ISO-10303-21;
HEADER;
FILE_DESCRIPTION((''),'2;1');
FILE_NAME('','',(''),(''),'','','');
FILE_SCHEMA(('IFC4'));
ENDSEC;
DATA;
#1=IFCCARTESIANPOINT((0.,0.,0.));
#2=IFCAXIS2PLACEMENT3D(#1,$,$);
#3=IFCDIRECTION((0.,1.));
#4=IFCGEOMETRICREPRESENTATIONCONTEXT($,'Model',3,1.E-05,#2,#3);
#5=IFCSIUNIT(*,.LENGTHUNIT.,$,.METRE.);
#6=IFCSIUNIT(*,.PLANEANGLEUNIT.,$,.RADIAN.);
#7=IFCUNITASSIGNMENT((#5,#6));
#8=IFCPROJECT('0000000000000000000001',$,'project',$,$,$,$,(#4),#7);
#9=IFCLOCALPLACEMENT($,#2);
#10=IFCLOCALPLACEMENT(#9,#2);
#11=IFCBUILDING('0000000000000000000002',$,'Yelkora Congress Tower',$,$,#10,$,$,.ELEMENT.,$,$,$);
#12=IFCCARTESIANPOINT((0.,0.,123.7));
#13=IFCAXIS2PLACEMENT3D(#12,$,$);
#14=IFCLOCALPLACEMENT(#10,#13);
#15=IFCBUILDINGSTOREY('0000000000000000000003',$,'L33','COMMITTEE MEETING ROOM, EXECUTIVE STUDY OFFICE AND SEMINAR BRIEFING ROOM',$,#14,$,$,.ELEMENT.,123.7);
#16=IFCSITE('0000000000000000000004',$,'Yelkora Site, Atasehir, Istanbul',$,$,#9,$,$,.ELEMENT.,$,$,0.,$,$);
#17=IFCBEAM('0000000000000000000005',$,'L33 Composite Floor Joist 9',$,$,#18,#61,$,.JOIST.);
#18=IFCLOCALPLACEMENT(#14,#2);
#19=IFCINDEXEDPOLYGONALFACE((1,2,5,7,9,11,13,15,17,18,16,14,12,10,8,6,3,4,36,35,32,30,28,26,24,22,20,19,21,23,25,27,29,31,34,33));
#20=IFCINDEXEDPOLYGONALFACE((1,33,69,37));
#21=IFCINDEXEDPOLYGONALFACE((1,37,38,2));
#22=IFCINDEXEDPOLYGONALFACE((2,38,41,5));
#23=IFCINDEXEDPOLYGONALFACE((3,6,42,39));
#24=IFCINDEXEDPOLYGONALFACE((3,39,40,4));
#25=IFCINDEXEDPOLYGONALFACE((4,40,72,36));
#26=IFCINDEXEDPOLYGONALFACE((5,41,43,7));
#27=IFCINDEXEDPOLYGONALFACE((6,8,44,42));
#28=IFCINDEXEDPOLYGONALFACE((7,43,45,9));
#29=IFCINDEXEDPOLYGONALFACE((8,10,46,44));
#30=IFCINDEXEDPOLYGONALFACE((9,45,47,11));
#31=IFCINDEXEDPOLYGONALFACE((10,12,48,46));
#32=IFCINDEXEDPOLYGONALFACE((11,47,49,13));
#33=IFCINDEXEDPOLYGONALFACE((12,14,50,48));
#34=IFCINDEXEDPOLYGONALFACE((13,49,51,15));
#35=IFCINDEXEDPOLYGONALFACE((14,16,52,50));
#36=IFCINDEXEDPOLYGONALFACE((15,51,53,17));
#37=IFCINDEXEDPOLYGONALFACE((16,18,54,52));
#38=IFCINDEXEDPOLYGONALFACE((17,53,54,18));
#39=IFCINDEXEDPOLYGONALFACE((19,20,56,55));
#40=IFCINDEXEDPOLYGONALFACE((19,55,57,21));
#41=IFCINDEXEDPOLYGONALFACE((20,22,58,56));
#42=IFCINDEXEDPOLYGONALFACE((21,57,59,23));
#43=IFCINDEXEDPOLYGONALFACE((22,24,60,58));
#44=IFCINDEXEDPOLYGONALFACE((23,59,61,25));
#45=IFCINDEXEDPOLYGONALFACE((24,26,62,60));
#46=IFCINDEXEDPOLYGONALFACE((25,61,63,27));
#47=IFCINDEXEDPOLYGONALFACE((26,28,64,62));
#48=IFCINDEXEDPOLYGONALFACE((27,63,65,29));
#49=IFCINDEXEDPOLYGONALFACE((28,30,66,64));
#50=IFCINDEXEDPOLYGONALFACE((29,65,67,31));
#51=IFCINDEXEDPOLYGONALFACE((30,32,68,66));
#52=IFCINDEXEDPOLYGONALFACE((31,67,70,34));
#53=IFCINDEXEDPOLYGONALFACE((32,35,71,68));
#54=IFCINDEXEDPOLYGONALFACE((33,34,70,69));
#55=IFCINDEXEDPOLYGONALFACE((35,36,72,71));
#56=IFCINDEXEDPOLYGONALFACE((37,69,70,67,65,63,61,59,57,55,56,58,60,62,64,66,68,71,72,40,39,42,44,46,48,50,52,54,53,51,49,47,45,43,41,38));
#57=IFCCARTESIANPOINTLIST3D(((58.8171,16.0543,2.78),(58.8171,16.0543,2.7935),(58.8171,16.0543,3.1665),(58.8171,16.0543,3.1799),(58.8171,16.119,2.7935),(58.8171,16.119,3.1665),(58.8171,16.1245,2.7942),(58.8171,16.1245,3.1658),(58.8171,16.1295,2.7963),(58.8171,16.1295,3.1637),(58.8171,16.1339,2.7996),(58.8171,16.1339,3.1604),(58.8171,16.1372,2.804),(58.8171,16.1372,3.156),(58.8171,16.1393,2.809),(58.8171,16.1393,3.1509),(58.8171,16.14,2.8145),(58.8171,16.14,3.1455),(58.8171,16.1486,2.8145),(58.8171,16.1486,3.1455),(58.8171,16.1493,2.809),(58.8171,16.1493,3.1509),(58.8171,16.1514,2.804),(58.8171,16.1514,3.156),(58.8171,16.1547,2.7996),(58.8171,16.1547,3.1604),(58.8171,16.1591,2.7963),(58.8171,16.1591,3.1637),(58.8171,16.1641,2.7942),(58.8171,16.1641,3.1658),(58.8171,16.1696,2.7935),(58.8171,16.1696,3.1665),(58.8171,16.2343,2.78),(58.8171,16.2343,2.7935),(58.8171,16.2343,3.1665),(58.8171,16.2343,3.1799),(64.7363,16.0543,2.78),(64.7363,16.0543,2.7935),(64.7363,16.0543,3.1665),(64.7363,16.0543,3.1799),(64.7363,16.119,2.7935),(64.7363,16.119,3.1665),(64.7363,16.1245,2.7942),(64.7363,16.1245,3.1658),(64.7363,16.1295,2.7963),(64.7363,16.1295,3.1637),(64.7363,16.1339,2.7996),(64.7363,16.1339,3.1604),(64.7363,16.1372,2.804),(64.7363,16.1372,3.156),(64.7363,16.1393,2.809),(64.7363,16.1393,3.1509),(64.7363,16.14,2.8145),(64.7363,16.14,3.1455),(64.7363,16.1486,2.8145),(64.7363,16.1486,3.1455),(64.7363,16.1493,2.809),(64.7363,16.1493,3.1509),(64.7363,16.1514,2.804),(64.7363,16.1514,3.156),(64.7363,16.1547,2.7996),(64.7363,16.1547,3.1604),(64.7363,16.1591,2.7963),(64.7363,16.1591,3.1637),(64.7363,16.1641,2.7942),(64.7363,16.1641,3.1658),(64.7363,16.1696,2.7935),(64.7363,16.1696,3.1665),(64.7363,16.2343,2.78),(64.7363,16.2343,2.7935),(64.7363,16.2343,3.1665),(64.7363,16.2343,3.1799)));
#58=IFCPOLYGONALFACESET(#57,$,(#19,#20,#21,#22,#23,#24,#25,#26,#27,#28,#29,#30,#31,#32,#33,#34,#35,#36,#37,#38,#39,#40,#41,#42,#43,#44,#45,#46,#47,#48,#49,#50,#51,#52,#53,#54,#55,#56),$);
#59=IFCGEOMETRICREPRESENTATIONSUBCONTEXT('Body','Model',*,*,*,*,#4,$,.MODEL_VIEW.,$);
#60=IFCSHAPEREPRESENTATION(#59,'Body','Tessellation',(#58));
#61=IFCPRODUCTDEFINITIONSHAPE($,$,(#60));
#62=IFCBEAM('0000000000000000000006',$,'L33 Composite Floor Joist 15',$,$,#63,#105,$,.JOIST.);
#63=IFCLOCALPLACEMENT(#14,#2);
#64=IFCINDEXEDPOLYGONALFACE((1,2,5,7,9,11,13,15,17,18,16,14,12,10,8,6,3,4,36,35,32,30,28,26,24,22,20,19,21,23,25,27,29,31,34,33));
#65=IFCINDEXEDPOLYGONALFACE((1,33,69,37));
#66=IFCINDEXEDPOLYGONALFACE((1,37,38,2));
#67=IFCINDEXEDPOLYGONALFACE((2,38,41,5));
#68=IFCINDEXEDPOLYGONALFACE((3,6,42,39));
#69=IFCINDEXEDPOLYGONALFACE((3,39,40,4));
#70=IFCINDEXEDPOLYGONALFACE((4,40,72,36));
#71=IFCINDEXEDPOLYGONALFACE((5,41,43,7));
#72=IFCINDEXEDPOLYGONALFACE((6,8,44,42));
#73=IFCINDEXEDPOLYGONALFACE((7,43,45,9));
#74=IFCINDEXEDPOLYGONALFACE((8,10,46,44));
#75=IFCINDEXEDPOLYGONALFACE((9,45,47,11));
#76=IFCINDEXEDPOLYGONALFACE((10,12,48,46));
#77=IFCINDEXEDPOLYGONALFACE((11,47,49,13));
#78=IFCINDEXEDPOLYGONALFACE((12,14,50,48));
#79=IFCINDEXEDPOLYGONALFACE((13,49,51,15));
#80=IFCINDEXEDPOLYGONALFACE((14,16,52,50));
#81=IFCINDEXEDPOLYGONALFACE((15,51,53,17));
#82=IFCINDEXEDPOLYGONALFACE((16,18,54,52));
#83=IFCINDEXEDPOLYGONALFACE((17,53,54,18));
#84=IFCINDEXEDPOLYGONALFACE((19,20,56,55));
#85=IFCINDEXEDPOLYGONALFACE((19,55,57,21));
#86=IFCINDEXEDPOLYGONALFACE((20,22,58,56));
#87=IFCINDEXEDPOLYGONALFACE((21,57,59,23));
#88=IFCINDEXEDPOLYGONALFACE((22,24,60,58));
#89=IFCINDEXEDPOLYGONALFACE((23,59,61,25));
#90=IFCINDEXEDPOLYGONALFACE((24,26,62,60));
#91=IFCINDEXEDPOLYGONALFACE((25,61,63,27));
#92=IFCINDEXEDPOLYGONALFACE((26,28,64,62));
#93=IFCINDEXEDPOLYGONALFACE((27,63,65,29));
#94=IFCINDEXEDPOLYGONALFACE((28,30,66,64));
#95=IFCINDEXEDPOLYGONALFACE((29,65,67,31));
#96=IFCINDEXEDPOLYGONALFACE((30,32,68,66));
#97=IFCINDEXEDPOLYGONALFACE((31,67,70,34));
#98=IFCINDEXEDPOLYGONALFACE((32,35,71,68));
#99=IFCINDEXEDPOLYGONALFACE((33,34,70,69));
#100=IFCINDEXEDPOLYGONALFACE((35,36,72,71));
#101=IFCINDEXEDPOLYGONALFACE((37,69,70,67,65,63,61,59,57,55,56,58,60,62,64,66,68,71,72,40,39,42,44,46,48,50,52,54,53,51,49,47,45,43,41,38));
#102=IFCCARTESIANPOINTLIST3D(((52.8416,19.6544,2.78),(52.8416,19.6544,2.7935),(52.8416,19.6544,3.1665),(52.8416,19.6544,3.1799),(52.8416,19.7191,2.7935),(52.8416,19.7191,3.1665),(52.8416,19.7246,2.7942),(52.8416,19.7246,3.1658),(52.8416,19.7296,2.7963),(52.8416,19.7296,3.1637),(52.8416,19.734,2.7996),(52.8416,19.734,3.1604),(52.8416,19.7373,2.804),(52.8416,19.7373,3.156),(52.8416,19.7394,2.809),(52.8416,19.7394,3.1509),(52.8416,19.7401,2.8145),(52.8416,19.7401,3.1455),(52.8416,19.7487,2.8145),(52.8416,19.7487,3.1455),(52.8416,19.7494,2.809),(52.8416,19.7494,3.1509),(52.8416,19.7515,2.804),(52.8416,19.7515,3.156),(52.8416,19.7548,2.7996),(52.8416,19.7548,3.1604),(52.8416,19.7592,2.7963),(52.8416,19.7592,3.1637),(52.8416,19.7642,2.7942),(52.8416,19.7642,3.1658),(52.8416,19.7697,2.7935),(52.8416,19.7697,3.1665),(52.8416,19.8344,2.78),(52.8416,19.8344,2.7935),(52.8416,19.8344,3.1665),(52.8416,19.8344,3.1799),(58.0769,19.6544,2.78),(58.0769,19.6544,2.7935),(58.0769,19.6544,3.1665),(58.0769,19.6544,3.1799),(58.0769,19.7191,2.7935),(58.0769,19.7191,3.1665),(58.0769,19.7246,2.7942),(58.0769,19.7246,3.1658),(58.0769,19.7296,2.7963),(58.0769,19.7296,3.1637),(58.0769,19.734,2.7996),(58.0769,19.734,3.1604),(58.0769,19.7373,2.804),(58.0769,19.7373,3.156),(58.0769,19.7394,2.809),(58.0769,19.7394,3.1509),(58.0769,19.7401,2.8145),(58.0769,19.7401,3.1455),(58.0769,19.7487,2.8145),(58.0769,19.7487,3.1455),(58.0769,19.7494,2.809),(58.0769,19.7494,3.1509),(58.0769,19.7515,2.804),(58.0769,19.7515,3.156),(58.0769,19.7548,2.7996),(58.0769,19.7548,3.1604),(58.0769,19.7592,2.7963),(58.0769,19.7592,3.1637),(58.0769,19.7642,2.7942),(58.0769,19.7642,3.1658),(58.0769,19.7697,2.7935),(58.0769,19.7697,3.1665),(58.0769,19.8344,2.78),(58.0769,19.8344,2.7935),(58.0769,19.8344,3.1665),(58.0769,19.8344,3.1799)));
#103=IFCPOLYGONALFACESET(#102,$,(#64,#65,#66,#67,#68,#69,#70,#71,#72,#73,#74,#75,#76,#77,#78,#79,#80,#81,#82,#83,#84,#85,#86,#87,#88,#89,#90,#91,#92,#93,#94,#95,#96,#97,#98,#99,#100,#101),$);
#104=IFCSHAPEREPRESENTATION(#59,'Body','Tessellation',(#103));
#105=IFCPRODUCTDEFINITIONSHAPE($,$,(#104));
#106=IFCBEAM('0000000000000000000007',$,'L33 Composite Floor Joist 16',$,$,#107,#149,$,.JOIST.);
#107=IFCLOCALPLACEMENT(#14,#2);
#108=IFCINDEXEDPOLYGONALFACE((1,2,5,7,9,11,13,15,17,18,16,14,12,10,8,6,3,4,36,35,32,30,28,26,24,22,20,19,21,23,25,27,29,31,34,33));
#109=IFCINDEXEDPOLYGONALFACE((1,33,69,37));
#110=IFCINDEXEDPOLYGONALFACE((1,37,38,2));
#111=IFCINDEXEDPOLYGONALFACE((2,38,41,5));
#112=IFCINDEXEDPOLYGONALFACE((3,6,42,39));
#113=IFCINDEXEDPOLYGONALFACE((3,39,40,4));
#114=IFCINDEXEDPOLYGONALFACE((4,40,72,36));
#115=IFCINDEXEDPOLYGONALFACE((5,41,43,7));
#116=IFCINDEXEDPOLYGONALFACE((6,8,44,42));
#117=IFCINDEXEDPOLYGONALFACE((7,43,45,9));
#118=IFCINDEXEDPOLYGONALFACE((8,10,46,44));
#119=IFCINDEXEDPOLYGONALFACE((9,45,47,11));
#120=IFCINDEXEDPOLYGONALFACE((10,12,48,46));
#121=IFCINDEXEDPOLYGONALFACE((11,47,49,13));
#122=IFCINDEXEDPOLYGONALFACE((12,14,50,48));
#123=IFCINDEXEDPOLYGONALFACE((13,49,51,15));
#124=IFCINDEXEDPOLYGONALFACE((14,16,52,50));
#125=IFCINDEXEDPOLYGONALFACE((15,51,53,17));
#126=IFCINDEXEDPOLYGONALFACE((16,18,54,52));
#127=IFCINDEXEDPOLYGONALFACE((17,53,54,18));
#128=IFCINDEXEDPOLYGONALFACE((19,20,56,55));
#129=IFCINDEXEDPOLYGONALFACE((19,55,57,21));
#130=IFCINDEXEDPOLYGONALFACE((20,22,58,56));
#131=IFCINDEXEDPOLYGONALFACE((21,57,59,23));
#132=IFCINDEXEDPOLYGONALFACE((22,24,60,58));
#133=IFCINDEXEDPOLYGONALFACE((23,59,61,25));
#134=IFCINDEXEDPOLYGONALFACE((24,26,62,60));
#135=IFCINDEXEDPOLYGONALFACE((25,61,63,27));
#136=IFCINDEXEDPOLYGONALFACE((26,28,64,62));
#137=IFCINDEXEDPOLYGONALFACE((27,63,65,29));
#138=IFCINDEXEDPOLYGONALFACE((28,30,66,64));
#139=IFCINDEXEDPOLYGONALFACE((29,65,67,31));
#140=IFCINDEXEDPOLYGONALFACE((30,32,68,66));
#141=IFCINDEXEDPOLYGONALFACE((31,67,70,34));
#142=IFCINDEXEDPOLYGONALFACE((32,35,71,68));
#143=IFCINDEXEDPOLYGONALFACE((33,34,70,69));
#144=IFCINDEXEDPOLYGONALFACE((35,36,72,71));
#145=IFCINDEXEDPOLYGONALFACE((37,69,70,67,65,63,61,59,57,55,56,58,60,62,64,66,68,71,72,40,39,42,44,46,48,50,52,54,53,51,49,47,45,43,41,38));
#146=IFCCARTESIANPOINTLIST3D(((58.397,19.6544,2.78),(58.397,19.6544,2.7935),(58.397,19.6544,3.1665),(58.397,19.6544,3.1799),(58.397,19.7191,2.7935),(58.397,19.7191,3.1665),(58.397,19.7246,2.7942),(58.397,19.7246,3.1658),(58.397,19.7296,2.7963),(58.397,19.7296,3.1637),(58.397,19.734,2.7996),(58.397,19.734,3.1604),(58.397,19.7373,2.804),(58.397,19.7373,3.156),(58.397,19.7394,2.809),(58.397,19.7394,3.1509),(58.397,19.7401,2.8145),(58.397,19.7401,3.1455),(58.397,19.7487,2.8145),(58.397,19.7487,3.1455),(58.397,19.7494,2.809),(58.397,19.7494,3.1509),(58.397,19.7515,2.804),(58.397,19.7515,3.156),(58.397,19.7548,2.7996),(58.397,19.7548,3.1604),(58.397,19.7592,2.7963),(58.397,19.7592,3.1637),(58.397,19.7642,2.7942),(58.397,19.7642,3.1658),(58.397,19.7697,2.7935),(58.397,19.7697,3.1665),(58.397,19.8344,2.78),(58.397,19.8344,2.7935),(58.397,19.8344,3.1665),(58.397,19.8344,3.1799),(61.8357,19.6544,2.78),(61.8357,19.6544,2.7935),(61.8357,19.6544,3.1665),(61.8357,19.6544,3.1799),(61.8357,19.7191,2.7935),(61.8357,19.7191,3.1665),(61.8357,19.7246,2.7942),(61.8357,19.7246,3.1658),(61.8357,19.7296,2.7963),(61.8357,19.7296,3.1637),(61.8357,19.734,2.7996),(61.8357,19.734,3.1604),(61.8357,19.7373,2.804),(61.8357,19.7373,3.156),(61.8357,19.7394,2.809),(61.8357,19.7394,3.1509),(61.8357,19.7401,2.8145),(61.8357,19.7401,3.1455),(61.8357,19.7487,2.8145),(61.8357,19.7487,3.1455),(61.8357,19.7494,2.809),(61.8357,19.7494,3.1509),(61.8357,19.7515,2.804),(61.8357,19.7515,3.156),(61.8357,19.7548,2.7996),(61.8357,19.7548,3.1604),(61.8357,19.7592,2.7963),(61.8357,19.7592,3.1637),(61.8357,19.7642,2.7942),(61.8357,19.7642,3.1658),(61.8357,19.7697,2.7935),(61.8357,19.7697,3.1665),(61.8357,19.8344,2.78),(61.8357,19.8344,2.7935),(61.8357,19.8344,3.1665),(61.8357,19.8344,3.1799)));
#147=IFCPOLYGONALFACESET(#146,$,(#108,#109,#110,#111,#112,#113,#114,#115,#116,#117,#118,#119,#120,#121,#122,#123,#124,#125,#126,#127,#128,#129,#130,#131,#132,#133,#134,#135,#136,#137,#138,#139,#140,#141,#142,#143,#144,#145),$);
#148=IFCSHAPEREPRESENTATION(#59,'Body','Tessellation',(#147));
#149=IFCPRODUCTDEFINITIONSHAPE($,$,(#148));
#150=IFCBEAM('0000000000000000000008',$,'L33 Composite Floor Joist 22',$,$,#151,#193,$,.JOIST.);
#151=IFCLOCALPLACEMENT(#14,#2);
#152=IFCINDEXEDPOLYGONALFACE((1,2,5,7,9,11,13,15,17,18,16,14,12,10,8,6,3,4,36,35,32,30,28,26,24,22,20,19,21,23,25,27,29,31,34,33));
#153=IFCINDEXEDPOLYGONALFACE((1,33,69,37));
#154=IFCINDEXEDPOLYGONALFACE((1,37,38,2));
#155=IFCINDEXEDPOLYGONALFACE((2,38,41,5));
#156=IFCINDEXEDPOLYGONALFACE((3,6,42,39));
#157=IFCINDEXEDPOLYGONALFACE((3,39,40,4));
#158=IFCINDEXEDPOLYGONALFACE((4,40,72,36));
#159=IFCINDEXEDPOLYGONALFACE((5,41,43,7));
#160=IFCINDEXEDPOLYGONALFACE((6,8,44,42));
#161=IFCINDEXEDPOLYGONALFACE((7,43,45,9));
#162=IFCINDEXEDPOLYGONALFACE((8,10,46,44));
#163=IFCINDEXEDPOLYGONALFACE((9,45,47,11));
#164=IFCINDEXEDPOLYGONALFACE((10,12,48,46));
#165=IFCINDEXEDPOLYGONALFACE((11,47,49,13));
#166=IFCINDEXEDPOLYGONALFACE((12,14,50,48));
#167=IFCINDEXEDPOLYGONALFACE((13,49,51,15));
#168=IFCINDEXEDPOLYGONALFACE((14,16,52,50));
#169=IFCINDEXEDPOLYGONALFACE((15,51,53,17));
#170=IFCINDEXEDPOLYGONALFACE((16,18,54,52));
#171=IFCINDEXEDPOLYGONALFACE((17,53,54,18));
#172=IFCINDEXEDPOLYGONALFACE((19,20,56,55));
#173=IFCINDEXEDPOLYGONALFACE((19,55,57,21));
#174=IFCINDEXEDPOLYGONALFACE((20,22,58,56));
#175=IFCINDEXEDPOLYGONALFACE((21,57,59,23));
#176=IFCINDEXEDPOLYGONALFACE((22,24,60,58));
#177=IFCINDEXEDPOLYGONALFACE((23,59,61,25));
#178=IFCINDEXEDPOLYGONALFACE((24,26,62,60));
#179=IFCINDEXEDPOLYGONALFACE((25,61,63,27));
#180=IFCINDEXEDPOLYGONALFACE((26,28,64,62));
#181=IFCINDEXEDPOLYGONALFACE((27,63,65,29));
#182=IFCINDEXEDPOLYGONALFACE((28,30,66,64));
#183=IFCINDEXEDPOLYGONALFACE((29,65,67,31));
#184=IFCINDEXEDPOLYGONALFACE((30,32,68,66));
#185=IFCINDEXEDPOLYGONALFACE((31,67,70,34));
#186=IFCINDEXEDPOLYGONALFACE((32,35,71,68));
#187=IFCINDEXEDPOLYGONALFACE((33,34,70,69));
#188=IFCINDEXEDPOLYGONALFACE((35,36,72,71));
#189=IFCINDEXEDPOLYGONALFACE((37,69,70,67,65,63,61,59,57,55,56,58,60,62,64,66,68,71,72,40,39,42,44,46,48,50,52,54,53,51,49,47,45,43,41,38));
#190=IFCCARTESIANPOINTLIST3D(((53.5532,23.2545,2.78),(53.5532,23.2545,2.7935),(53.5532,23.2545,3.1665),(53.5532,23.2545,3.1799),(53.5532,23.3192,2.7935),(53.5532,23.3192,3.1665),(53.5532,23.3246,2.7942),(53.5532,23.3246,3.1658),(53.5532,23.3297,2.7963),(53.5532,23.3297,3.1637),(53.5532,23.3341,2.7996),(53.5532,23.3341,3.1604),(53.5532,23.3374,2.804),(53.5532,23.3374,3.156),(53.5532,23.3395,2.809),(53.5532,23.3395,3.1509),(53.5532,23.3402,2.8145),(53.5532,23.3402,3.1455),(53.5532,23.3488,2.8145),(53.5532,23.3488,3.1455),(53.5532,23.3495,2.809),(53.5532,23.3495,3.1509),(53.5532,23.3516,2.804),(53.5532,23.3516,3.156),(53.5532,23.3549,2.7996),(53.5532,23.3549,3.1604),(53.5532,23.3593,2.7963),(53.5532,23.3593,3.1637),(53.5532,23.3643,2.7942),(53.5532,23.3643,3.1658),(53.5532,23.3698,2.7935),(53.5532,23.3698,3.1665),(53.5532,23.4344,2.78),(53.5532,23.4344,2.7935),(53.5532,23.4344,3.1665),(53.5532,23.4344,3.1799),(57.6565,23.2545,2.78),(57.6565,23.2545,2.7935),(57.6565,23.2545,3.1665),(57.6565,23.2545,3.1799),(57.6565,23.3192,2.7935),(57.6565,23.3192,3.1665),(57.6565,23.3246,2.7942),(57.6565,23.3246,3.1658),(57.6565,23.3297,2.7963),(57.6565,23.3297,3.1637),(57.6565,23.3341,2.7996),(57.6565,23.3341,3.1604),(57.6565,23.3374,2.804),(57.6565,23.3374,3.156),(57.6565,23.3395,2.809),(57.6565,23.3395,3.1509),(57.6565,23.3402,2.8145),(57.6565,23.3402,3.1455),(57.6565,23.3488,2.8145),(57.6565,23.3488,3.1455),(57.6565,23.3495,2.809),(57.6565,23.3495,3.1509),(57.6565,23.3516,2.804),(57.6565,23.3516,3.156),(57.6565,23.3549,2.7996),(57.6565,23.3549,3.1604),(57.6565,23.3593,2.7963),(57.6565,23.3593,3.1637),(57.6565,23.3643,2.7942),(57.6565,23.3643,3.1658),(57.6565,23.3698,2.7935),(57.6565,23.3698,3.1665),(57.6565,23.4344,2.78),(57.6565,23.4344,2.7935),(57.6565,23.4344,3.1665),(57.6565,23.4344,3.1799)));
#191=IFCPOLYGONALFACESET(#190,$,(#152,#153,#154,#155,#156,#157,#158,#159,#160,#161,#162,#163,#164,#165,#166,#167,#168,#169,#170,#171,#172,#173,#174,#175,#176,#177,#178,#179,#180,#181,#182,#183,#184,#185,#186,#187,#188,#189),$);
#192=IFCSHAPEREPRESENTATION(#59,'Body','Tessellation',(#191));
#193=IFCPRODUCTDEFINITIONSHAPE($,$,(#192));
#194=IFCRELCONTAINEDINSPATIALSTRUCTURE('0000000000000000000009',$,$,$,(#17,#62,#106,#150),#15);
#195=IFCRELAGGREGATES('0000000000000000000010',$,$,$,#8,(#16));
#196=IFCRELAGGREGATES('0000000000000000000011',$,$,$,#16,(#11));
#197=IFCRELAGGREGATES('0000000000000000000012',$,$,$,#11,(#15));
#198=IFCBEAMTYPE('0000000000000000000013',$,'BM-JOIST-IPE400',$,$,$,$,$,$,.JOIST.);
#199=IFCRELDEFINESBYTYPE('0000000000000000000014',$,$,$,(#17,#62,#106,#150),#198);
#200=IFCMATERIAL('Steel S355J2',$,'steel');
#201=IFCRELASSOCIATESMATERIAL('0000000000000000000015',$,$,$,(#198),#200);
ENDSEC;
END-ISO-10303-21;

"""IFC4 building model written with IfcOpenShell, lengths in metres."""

from ifc_helpers import new_model, si_unit, direction, frame, origin, origin_2d, place, context, subcontext, project, spatial, i_section, extrude, material, material_profile, profile_set, type_object, element, save


model = new_model("IFC4")

# Units and contexts
model_context = context("Model", 3, precision=1e-05, world=origin(), true_north=direction((0.0, 1.0)))
body_context = subcontext(model_context, "Body", "Model", "MODEL_VIEW")
ifc_project = project(units=[si_unit("LENGTHUNIT", "METRE"), si_unit("PLANEANGLEUNIT", "RADIAN")], contexts=[model_context])

# Site, building, storey
site_placement = place(None, origin())
site = spatial("IfcSite", under=ifc_project, at=site_placement, Name="Yelkora Site, Atasehir, Istanbul", CompositionType="ELEMENT", RefElevation=0.0)
building_placement = place(site_placement, origin())
building = spatial("IfcBuilding", under=site, at=building_placement, Name="Yelkora Congress Tower", CompositionType="ELEMENT")
storey_placement = place(building_placement, frame((0.0, 0.0, 123.7)))
storey = spatial("IfcBuildingStorey", under=building, at=storey_placement, Name="L33", Description="COMMITTEE MEETING ROOM, EXECUTIVE STUDY OFFICE AND SEMINAR BRIEFING ROOM", CompositionType="ELEMENT", Elevation=123.7)

# Beams
ifc_material_1 = material(Name="Steel S355J2", Category="steel")
ifc_material_profile_1 = material_profile(ifc_material_1, i_section(OverallWidth=0.1799, OverallDepth=0.3999, WebThickness=0.0085, FlangeThickness=0.0134, FilletRadius=0.021, at=origin_2d()), Name="IPE 400")
ifc_profile_set_1 = profile_set([ifc_material_profile_1], Name="Steel S355J2")
beam_type_1 = type_object("IfcBeamType", Name="BM-JOIST-IPE400", PredefinedType="JOIST", material=ifc_profile_set_1)
beam_1_placement = place(storey_placement, frame((58.8171, 16.1443, 2.98), z_axis=(1.0, 0.0, 0.0), x_axis=(0.0, 1.0, 0.0)))
element("IfcBeam", 1, at=beam_1_placement, inside=storey, type_object=beam_type_1, Name="L33 Composite Floor Joist 9", PredefinedType="JOIST", context=body_context, shape_type="SweptSolid", body=[
    extrude(i_section(OverallWidth=0.1799, OverallDepth=0.3999, WebThickness=0.0085, FlangeThickness=0.0134, FilletRadius=0.021, at=origin_2d()), origin(), (0.0, 0.0, 1.0), 5.9192),
])
beam_2_placement = place(storey_placement, frame((52.8416, 19.7444, 2.98), z_axis=(1.0, 0.0, 0.0), x_axis=(0.0, 1.0, 0.0)))
element("IfcBeam", 2, at=beam_2_placement, inside=storey, type_object=beam_type_1, Name="L33 Composite Floor Joist 15", PredefinedType="JOIST", context=body_context, shape_type="SweptSolid", body=[
    extrude(i_section(OverallWidth=0.1799, OverallDepth=0.3999, WebThickness=0.0085, FlangeThickness=0.0134, FilletRadius=0.021, at=origin_2d()), origin(), (0.0, 0.0, 1.0), 5.2354),
])
beam_3_placement = place(storey_placement, frame((58.397, 19.7444, 2.98), z_axis=(1.0, 0.0, 0.0), x_axis=(0.0, 1.0, 0.0)))
element("IfcBeam", 3, at=beam_3_placement, inside=storey, type_object=beam_type_1, Name="L33 Composite Floor Joist 16", PredefinedType="JOIST", context=body_context, shape_type="SweptSolid", body=[
    extrude(i_section(OverallWidth=0.1799, OverallDepth=0.3999, WebThickness=0.0085, FlangeThickness=0.0134, FilletRadius=0.021, at=origin_2d()), origin(), (0.0, 0.0, 1.0), 3.4387),
])
beam_4_placement = place(storey_placement, frame((53.5532, 23.3445, 2.98), z_axis=(1.0, 0.0, 0.0), x_axis=(0.0, 1.0, 0.0)))
element("IfcBeam", 4, at=beam_4_placement, inside=storey, type_object=beam_type_1, Name="L33 Composite Floor Joist 22", PredefinedType="JOIST", context=body_context, shape_type="SweptSolid", body=[
    extrude(i_section(OverallWidth=0.1799, OverallDepth=0.3999, WebThickness=0.0085, FlangeThickness=0.0134, FilletRadius=0.021, at=origin_2d()), origin(), (0.0, 0.0, 1.0), 4.1033),
])

save(model, "model.ifc")
